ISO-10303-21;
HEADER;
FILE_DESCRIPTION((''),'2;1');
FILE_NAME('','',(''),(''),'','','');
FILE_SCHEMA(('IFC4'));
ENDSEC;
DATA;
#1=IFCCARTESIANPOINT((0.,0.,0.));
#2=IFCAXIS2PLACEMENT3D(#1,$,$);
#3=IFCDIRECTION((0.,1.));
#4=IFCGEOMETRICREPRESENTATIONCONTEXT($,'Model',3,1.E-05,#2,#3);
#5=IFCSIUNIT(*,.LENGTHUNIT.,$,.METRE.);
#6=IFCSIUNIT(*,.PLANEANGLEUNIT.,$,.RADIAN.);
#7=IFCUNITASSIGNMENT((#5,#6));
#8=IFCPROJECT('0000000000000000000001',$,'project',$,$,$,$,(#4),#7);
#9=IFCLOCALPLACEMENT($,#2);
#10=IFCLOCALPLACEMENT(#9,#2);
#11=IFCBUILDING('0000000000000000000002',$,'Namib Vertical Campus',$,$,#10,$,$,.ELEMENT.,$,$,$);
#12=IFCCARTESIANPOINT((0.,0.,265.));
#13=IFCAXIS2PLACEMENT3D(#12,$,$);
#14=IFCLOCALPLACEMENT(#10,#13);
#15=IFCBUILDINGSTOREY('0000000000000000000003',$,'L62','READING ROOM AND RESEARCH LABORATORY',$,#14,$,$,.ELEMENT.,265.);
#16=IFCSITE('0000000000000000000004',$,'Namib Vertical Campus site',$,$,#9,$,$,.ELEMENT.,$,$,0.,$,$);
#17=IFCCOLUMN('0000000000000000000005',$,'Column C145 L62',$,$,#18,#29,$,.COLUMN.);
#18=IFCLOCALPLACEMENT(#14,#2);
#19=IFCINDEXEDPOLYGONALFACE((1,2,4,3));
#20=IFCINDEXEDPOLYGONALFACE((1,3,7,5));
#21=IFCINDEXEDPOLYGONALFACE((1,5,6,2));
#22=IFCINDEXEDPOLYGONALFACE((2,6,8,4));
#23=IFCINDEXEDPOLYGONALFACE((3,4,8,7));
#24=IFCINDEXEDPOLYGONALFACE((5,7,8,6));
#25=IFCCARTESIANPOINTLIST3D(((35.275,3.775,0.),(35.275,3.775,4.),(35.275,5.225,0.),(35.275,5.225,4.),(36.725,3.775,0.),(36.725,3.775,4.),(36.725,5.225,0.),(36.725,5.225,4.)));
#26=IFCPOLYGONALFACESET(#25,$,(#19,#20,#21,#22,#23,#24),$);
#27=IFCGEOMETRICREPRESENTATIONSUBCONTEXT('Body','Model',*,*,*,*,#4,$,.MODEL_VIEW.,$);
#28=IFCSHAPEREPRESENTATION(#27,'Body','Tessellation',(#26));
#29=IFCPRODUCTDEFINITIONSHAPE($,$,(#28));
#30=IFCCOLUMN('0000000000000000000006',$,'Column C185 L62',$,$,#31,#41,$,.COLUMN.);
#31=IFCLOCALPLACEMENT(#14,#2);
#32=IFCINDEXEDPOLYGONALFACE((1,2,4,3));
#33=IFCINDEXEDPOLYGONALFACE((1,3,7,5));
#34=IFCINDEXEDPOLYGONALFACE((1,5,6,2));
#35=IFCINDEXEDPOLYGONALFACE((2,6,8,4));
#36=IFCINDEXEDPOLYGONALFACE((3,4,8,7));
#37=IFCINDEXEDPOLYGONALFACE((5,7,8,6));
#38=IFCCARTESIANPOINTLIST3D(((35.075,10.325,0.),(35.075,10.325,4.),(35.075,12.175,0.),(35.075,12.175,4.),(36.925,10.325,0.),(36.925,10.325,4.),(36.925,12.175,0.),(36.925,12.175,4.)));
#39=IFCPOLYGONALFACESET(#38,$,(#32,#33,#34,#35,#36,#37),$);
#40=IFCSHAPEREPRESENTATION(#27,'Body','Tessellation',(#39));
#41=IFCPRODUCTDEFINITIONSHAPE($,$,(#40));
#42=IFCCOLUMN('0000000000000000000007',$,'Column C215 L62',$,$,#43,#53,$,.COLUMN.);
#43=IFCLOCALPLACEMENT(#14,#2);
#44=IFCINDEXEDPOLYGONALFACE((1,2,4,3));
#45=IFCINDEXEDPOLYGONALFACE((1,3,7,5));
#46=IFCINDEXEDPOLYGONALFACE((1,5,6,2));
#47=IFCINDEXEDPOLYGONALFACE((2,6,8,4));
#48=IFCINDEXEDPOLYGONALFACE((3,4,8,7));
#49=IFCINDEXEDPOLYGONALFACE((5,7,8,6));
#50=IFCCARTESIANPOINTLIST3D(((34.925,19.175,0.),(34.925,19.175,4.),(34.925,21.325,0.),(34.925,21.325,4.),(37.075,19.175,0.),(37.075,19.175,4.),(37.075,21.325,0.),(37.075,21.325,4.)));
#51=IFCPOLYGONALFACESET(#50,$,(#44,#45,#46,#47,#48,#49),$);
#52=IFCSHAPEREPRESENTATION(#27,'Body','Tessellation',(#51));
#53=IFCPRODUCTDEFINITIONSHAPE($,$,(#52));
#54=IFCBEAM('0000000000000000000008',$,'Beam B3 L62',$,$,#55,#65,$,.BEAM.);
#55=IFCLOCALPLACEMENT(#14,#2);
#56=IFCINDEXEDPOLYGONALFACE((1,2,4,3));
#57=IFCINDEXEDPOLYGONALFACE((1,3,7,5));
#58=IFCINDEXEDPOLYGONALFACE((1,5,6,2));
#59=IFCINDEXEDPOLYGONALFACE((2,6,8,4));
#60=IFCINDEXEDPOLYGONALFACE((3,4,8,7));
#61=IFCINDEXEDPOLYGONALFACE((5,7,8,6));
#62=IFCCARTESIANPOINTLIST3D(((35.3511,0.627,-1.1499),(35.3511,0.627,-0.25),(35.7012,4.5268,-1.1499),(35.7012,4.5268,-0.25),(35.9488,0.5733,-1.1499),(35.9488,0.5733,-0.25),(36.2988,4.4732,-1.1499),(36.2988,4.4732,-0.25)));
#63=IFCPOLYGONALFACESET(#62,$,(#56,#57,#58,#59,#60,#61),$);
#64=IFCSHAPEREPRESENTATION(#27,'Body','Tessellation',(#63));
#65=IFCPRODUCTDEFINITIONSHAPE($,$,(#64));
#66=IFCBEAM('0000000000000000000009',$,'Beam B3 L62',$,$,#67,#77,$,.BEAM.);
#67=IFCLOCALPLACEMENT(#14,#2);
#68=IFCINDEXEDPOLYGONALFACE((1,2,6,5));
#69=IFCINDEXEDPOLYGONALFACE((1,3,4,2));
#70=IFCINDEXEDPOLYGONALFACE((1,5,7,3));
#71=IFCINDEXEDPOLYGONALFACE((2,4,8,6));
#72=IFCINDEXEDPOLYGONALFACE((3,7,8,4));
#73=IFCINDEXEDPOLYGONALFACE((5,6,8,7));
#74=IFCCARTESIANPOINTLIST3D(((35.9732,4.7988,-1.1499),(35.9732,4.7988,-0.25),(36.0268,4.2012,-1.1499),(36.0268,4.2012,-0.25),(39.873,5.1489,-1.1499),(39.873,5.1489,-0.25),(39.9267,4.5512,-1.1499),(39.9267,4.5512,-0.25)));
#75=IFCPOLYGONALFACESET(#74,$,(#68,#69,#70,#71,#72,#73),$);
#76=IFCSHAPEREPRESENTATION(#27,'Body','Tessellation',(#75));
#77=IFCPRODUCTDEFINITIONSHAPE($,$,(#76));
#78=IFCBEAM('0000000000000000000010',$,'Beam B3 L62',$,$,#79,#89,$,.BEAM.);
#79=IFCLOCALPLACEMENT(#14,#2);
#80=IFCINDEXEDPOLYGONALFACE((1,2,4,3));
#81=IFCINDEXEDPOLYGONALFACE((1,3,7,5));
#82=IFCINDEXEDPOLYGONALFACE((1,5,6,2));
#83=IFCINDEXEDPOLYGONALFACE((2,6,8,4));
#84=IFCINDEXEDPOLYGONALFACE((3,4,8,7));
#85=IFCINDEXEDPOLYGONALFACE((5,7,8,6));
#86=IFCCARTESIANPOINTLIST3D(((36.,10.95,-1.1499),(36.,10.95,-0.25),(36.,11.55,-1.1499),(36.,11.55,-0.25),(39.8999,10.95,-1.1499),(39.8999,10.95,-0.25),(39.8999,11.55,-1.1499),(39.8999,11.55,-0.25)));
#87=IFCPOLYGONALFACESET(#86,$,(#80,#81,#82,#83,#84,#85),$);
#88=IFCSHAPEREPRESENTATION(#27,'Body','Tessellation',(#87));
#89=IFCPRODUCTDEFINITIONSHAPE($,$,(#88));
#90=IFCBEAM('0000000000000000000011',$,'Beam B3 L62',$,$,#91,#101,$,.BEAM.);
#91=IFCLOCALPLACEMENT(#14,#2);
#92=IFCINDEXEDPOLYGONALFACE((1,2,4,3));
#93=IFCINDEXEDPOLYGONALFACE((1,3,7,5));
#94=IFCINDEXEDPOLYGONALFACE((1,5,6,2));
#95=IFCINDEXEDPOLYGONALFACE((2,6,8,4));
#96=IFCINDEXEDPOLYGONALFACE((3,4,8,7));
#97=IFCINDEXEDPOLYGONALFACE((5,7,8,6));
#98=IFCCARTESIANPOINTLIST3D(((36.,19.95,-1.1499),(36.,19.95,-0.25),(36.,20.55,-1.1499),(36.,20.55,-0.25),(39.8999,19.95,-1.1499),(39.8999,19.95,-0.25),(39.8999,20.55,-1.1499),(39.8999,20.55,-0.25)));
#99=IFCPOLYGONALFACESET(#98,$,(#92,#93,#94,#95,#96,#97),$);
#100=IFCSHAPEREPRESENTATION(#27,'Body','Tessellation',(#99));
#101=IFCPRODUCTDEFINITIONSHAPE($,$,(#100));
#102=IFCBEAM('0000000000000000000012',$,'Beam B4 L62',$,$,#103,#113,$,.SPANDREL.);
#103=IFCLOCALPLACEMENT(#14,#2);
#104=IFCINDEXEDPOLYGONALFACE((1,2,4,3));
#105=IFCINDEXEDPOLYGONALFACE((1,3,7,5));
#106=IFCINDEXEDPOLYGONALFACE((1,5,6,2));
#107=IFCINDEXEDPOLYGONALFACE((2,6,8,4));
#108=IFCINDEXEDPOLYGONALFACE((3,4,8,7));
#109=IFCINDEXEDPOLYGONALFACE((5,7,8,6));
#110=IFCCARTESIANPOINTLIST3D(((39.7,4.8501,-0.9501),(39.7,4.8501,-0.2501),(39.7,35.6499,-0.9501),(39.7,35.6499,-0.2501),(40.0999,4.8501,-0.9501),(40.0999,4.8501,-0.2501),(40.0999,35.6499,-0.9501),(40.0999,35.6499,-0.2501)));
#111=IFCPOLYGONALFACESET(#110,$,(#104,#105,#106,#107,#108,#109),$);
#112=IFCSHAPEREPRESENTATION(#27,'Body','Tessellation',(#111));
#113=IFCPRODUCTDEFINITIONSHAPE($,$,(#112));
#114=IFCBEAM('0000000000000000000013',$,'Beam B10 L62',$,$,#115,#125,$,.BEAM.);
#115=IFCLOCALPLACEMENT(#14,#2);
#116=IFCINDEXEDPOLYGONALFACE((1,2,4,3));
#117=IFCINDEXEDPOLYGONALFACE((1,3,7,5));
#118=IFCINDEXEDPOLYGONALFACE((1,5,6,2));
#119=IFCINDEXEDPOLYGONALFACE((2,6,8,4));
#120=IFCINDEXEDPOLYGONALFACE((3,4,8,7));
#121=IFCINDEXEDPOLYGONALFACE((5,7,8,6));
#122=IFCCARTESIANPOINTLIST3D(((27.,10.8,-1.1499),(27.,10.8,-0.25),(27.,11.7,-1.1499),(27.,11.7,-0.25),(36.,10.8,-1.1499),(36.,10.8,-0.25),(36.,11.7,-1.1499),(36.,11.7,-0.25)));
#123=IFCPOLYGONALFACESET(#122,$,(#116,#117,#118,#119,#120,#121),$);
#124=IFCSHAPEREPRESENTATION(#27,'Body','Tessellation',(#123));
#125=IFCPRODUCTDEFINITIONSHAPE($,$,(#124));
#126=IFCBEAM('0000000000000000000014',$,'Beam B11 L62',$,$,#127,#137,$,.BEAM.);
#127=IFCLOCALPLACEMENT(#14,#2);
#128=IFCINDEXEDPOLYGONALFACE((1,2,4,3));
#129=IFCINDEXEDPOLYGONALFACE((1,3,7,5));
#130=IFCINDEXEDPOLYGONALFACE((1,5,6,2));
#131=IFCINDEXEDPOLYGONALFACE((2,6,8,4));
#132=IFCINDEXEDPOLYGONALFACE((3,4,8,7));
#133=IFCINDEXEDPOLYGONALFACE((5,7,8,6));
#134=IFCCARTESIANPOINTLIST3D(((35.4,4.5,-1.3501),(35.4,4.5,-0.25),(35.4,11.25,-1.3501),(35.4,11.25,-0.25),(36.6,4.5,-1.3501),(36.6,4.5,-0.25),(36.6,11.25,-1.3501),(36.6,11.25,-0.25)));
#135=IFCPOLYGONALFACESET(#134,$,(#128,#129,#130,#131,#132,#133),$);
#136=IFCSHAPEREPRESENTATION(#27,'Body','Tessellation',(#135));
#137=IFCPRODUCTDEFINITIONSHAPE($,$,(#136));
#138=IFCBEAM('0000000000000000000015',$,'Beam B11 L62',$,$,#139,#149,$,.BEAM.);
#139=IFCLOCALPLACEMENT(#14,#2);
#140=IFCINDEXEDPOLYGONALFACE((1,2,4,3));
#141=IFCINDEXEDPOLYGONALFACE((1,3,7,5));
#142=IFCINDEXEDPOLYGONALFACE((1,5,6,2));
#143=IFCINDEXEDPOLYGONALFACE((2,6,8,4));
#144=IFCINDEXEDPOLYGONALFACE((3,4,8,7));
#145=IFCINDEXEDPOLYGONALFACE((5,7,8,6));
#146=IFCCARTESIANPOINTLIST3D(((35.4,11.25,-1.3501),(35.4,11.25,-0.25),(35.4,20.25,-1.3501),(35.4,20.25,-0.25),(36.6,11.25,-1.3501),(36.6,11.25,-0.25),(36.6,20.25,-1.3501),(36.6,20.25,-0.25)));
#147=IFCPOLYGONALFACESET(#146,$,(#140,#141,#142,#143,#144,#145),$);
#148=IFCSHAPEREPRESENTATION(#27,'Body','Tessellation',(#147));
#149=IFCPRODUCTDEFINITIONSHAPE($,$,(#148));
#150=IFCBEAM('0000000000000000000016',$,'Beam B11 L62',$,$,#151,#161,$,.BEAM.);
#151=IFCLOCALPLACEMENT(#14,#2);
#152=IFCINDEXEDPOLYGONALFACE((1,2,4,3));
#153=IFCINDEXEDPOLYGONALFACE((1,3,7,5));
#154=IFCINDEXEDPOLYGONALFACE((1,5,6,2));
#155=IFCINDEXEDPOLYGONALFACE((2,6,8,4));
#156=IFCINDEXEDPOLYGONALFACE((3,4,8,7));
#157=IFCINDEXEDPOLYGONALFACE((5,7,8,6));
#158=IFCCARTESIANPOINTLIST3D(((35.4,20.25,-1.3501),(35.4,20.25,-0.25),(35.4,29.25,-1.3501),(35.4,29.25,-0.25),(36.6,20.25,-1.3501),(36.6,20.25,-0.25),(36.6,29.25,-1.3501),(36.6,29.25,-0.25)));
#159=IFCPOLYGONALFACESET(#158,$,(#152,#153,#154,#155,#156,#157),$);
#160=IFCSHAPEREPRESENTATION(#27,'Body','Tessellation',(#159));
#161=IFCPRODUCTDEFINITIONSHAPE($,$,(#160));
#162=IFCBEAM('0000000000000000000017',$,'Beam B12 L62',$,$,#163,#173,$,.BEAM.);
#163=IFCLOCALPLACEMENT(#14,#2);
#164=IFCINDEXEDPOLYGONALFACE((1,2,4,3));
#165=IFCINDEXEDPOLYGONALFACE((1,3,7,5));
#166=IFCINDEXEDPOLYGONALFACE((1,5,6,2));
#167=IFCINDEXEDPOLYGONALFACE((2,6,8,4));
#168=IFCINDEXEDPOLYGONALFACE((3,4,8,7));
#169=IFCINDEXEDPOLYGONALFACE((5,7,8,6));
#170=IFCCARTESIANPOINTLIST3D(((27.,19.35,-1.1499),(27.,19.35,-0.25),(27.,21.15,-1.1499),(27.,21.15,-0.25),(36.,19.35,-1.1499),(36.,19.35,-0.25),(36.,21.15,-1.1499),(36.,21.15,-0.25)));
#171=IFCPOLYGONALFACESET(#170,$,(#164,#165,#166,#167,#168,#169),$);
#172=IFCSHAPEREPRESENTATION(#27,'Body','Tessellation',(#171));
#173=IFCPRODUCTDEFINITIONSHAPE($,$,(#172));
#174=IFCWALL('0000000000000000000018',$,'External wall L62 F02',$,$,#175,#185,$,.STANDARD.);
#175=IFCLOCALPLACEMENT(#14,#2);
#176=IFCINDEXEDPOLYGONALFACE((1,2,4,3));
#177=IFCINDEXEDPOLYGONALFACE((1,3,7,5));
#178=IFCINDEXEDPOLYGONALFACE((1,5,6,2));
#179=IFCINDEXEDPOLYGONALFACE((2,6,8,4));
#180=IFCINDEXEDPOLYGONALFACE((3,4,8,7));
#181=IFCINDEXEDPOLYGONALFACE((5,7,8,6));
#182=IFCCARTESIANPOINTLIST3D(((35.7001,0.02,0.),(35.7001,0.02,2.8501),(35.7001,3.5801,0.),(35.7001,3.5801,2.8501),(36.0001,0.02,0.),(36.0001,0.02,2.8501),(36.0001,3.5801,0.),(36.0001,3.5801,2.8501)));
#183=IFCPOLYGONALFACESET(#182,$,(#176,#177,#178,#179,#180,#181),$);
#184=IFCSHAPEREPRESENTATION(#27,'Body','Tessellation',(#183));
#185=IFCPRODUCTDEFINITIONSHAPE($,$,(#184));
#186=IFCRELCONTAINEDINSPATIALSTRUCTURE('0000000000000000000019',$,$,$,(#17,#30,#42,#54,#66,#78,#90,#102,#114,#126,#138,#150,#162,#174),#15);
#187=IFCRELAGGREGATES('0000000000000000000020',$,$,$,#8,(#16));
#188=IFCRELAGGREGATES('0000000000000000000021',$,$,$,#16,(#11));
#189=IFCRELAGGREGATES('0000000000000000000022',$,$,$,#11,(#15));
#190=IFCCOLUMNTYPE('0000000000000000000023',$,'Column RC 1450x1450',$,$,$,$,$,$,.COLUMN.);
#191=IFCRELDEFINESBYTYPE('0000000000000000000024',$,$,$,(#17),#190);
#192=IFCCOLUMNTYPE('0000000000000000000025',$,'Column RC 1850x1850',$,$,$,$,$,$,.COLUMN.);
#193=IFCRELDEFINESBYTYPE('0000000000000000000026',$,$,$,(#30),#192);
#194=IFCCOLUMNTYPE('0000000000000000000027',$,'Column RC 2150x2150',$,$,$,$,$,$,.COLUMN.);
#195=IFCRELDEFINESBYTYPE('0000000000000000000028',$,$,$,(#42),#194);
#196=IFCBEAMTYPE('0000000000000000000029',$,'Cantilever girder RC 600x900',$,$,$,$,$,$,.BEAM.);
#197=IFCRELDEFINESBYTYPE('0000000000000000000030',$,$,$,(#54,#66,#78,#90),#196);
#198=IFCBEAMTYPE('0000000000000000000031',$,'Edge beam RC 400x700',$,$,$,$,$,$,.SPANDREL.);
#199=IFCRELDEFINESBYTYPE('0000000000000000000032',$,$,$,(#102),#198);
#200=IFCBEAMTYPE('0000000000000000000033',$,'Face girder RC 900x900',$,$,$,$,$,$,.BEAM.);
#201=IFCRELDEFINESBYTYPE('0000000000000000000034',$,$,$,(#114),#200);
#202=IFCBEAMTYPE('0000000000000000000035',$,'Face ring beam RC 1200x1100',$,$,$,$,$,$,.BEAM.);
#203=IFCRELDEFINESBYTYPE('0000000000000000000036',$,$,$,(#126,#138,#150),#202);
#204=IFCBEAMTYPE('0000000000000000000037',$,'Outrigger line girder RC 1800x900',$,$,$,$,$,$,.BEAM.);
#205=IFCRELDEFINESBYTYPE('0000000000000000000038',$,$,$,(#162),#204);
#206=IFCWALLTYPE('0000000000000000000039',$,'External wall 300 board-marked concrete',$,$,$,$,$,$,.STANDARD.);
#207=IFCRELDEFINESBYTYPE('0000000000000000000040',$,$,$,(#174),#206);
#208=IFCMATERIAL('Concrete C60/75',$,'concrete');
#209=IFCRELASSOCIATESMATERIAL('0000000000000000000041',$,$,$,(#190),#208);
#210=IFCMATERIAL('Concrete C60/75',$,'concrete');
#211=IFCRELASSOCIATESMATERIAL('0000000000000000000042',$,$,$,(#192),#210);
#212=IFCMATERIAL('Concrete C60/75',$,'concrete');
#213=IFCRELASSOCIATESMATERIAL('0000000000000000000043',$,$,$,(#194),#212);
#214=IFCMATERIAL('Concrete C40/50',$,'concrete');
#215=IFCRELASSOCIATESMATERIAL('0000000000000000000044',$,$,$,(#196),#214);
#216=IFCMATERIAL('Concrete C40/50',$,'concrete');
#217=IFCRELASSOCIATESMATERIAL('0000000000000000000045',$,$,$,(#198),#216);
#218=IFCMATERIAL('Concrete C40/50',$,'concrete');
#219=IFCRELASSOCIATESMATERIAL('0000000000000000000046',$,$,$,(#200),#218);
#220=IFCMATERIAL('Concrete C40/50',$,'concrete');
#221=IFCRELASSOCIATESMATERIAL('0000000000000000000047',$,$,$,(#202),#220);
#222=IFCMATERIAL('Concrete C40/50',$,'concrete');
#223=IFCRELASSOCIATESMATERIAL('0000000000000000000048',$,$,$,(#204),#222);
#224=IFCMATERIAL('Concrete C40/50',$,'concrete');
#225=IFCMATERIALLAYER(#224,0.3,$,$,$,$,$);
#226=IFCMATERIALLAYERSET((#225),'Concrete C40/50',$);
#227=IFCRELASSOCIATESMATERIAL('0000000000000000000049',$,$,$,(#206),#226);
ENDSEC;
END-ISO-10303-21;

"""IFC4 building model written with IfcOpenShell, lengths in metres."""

from ifc_helpers import new_model, si_unit, direction, frame, frame_2d, origin, origin_2d, place, context, subcontext, project, spatial, rectangle, extrude, material, layer, layer_set, material_profile, profile_set, type_object, element, save


model = new_model("IFC4")

# Units and contexts
model_context = context("Model", 3, precision=1e-05, world=origin(), true_north=direction((0.0, 1.0)))
body_context = subcontext(model_context, "Body", "Model", "MODEL_VIEW")
ifc_project = project(units=[si_unit("LENGTHUNIT", "METRE"), si_unit("PLANEANGLEUNIT", "RADIAN")], contexts=[model_context])

# Site, building, storey
site_placement = place(None, origin())
site = spatial("IfcSite", under=ifc_project, at=site_placement, Name="Namib Vertical Campus site", CompositionType="ELEMENT", RefElevation=0.0)
building_placement = place(site_placement, origin())
building = spatial("IfcBuilding", under=site, at=building_placement, Name="Namib Vertical Campus", CompositionType="ELEMENT")
storey_placement = place(building_placement, frame((0.0, 0.0, 265.0)))
storey = spatial("IfcBuildingStorey", under=building, at=storey_placement, Name="L62", Description="READING ROOM AND RESEARCH LABORATORY", CompositionType="ELEMENT", Elevation=265.0)

# Columns
ifc_material_1 = material(Name="Concrete C60/75", Category="concrete")
ifc_material_profile_1 = material_profile(ifc_material_1, rectangle(XDim=1.45, YDim=1.45, at=origin_2d()))
ifc_profile_set_1 = profile_set([ifc_material_profile_1], Name="Concrete C60/75")
column_type_1 = type_object("IfcColumnType", Name="Column RC 1450x1450", PredefinedType="COLUMN", material=ifc_profile_set_1)
column_1_placement = place(storey_placement, frame((36.0, 4.5, 0.0), z_axis=(0.0, 0.0, 1.0), x_axis=(1.0, 0.0, 0.0)))
element("IfcColumn", 1, at=column_1_placement, inside=storey, type_object=column_type_1, Name="Column C145 L62", PredefinedType="COLUMN", context=body_context, shape_type="SweptSolid", body=[
    extrude(rectangle(XDim=1.45, YDim=1.45, at=origin_2d()), origin(), (0.0, 0.0, 1.0), 4.0),
])
ifc_material_2 = material(Name="Concrete C60/75", Category="concrete")
ifc_material_profile_2 = material_profile(ifc_material_2, rectangle(XDim=1.8501, YDim=1.8501, at=origin_2d()))
ifc_profile_set_2 = profile_set([ifc_material_profile_2], Name="Concrete C60/75")
column_type_2 = type_object("IfcColumnType", Name="Column RC 1850x1850", PredefinedType="COLUMN", material=ifc_profile_set_2)
column_2_placement = place(storey_placement, frame((36.0, 11.25, 0.0), z_axis=(0.0, 0.0, 1.0), x_axis=(1.0, 0.0, 0.0)))
element("IfcColumn", 2, at=column_2_placement, inside=storey, type_object=column_type_2, Name="Column C185 L62", PredefinedType="COLUMN", context=body_context, shape_type="SweptSolid", body=[
    extrude(rectangle(XDim=1.8501, YDim=1.8501, at=origin_2d()), origin(), (0.0, 0.0, 1.0), 4.0),
])
ifc_material_3 = material(Name="Concrete C60/75", Category="concrete")
ifc_material_profile_3 = material_profile(ifc_material_3, rectangle(XDim=2.1499, YDim=2.1499, at=origin_2d()))
ifc_profile_set_3 = profile_set([ifc_material_profile_3], Name="Concrete C60/75")
column_type_3 = type_object("IfcColumnType", Name="Column RC 2150x2150", PredefinedType="COLUMN", material=ifc_profile_set_3)
column_3_placement = place(storey_placement, frame((36.0, 20.25, 0.0), z_axis=(0.0, 0.0, 1.0), x_axis=(1.0, 0.0, 0.0)))
element("IfcColumn", 3, at=column_3_placement, inside=storey, type_object=column_type_3, Name="Column C215 L62", PredefinedType="COLUMN", context=body_context, shape_type="SweptSolid", body=[
    extrude(rectangle(XDim=2.1499, YDim=2.1499, at=origin_2d()), origin(), (0.0, 0.0, 1.0), 4.0),
])

# Beams
ifc_material_4 = material(Name="Concrete C40/50", Category="concrete")
ifc_material_profile_4 = material_profile(ifc_material_4, rectangle(XDim=0.6001, YDim=0.8999, at=origin_2d()))
ifc_profile_set_4 = profile_set([ifc_material_profile_4], Name="Concrete C40/50")
beam_type_1 = type_object("IfcBeamType", Name="Cantilever girder RC 600x900", PredefinedType="BEAM", material=ifc_profile_set_4)
for number, where, z_axis, x_axis, name in (
    (4, (36.0, 4.5, -0.7), (-0.089411, -0.995995, 0.0), (0.995995, -0.089411, 0.0), "Beam B3 L62"),
    (5, (36.0, 4.5, -0.7), (0.995995, 0.089411, 0.0), (-0.089411, 0.995995, 0.0), "Beam B3 L62"),
):
    element("IfcBeam", number, at=place(storey_placement, frame(where, z_axis=z_axis, x_axis=x_axis)), inside=storey, type_object=beam_type_1, Name=name, PredefinedType="BEAM", context=body_context, shape_type="SweptSolid", body=[
        extrude(rectangle(XDim=0.6001, YDim=0.8999, at=origin_2d()), origin(), (0.0, 0.0, 1.0), 3.9155),
    ])
for number, where, z_axis, x_axis, name in (
    (6, (36.0, 11.25, -0.7), (1.0, 0.0, 0.0), (0.0, 1.0, 0.0), "Beam B3 L62"),
    (7, (36.0, 20.25, -0.7), (1.0, 0.0, 0.0), (0.0, 1.0, 0.0), "Beam B3 L62"),
):
    element("IfcBeam", number, at=place(storey_placement, frame(where, z_axis=z_axis, x_axis=x_axis)), inside=storey, type_object=beam_type_1, Name=name, PredefinedType="BEAM", context=body_context, shape_type="SweptSolid", body=[
        extrude(rectangle(XDim=0.6001, YDim=0.8999, at=origin_2d()), origin(), (0.0, 0.0, 1.0), 3.8999),
    ])
ifc_material_5 = material(Name="Concrete C40/50", Category="concrete")
ifc_material_profile_5 = material_profile(ifc_material_5, rectangle(XDim=0.3999, YDim=0.7, at=origin_2d()))
ifc_profile_set_5 = profile_set([ifc_material_profile_5], Name="Concrete C40/50")
beam_type_2 = type_object("IfcBeamType", Name="Edge beam RC 400x700", PredefinedType="SPANDREL", material=ifc_profile_set_5)
beam_1_placement = place(storey_placement, frame((39.8999, 4.8501, -0.6001), z_axis=(0.0, 1.0, 0.0), x_axis=(-1.0, 0.0, 0.0)))
element("IfcBeam", 8, at=beam_1_placement, inside=storey, type_object=beam_type_2, Name="Beam B4 L62", PredefinedType="SPANDREL", context=body_context, shape_type="SweptSolid", body=[
    extrude(rectangle(XDim=0.3999, YDim=0.7, at=origin_2d()), origin(), (0.0, 0.0, 1.0), 30.7998),
])
ifc_material_6 = material(Name="Concrete C40/50", Category="concrete")
ifc_material_profile_6 = material_profile(ifc_material_6, rectangle(XDim=0.8999, YDim=0.8999, at=origin_2d()))
ifc_profile_set_6 = profile_set([ifc_material_profile_6], Name="Concrete C40/50")
beam_type_3 = type_object("IfcBeamType", Name="Face girder RC 900x900", PredefinedType="BEAM", material=ifc_profile_set_6)
beam_2_placement = place(storey_placement, frame((36.0, 11.25, -0.7), z_axis=(-1.0, 0.0, 0.0), x_axis=(0.0, -1.0, 0.0)))
element("IfcBeam", 9, at=beam_2_placement, inside=storey, type_object=beam_type_3, Name="Beam B10 L62", PredefinedType="BEAM", context=body_context, shape_type="SweptSolid", body=[
    extrude(rectangle(XDim=0.8999, YDim=0.8999, at=origin_2d()), origin(), (0.0, 0.0, 1.0), 9.0),
])
ifc_material_7 = material(Name="Concrete C40/50", Category="concrete")
ifc_material_profile_7 = material_profile(ifc_material_7, rectangle(XDim=1.2, YDim=1.1001, at=origin_2d()))
ifc_profile_set_7 = profile_set([ifc_material_profile_7], Name="Concrete C40/50")
beam_type_4 = type_object("IfcBeamType", Name="Face ring beam RC 1200x1100", PredefinedType="BEAM", material=ifc_profile_set_7)
beam_3_placement = place(storey_placement, frame((36.0, 4.5, -0.8), z_axis=(0.0, 1.0, 0.0), x_axis=(-1.0, 0.0, 0.0)))
element("IfcBeam", 10, at=beam_3_placement, inside=storey, type_object=beam_type_4, Name="Beam B11 L62", PredefinedType="BEAM", context=body_context, shape_type="SweptSolid", body=[
    extrude(rectangle(XDim=1.2, YDim=1.1001, at=origin_2d()), origin(), (0.0, 0.0, 1.0), 6.75),
])
for number, where, z_axis, x_axis, name in (
    (11, (36.0, 11.25, -0.8), (0.0, 1.0, 0.0), (-1.0, 0.0, 0.0), "Beam B11 L62"),
    (12, (36.0, 20.25, -0.8), (0.0, 1.0, 0.0), (-1.0, 0.0, 0.0), "Beam B11 L62"),
):
    element("IfcBeam", number, at=place(storey_placement, frame(where, z_axis=z_axis, x_axis=x_axis)), inside=storey, type_object=beam_type_4, Name=name, PredefinedType="BEAM", context=body_context, shape_type="SweptSolid", body=[
        extrude(rectangle(XDim=1.2, YDim=1.1001, at=origin_2d()), origin(), (0.0, 0.0, 1.0), 9.0),
    ])
ifc_material_8 = material(Name="Concrete C40/50", Category="concrete")
ifc_material_profile_8 = material_profile(ifc_material_8, rectangle(XDim=1.8, YDim=0.8999, at=origin_2d()))
ifc_profile_set_8 = profile_set([ifc_material_profile_8], Name="Concrete C40/50")
beam_type_5 = type_object("IfcBeamType", Name="Outrigger line girder RC 1800x900", PredefinedType="BEAM", material=ifc_profile_set_8)
beam_4_placement = place(storey_placement, frame((36.0, 20.25, -0.7), z_axis=(-1.0, 0.0, 0.0), x_axis=(0.0, -1.0, 0.0)))
element("IfcBeam", 13, at=beam_4_placement, inside=storey, type_object=beam_type_5, Name="Beam B12 L62", PredefinedType="BEAM", context=body_context, shape_type="SweptSolid", body=[
    extrude(rectangle(XDim=1.8, YDim=0.8999, at=origin_2d()), origin(), (0.0, 0.0, 1.0), 9.0),
])

# Wall
ifc_material_9 = material(Name="Concrete C40/50", Category="concrete")
ifc_layer_1 = layer(ifc_material_9, 0.3)
ifc_layer_set_1 = layer_set([ifc_layer_1], Name="Concrete C40/50")
wall_type = type_object("IfcWallType", Name="External wall 300 board-marked concrete", PredefinedType="STANDARD", material=ifc_layer_set_1)
wall_1_placement = place(storey_placement, frame((35.8501, 0.02, 0.0), z_axis=(0.0, 0.0, 1.0), x_axis=(0.0, 1.0, 0.0)))
element("IfcWall", 14, at=wall_1_placement, inside=storey, type_object=wall_type, Name="External wall L62 F02", PredefinedType="STANDARD", context=body_context, shape_type="SweptSolid", body=[
    extrude(rectangle(XDim=3.5601, YDim=0.3, at=frame_2d((1.78, 0.0))), origin(), (0.0, 0.0, 1.0), 2.8501),
])

save(model, "model.ifc")
